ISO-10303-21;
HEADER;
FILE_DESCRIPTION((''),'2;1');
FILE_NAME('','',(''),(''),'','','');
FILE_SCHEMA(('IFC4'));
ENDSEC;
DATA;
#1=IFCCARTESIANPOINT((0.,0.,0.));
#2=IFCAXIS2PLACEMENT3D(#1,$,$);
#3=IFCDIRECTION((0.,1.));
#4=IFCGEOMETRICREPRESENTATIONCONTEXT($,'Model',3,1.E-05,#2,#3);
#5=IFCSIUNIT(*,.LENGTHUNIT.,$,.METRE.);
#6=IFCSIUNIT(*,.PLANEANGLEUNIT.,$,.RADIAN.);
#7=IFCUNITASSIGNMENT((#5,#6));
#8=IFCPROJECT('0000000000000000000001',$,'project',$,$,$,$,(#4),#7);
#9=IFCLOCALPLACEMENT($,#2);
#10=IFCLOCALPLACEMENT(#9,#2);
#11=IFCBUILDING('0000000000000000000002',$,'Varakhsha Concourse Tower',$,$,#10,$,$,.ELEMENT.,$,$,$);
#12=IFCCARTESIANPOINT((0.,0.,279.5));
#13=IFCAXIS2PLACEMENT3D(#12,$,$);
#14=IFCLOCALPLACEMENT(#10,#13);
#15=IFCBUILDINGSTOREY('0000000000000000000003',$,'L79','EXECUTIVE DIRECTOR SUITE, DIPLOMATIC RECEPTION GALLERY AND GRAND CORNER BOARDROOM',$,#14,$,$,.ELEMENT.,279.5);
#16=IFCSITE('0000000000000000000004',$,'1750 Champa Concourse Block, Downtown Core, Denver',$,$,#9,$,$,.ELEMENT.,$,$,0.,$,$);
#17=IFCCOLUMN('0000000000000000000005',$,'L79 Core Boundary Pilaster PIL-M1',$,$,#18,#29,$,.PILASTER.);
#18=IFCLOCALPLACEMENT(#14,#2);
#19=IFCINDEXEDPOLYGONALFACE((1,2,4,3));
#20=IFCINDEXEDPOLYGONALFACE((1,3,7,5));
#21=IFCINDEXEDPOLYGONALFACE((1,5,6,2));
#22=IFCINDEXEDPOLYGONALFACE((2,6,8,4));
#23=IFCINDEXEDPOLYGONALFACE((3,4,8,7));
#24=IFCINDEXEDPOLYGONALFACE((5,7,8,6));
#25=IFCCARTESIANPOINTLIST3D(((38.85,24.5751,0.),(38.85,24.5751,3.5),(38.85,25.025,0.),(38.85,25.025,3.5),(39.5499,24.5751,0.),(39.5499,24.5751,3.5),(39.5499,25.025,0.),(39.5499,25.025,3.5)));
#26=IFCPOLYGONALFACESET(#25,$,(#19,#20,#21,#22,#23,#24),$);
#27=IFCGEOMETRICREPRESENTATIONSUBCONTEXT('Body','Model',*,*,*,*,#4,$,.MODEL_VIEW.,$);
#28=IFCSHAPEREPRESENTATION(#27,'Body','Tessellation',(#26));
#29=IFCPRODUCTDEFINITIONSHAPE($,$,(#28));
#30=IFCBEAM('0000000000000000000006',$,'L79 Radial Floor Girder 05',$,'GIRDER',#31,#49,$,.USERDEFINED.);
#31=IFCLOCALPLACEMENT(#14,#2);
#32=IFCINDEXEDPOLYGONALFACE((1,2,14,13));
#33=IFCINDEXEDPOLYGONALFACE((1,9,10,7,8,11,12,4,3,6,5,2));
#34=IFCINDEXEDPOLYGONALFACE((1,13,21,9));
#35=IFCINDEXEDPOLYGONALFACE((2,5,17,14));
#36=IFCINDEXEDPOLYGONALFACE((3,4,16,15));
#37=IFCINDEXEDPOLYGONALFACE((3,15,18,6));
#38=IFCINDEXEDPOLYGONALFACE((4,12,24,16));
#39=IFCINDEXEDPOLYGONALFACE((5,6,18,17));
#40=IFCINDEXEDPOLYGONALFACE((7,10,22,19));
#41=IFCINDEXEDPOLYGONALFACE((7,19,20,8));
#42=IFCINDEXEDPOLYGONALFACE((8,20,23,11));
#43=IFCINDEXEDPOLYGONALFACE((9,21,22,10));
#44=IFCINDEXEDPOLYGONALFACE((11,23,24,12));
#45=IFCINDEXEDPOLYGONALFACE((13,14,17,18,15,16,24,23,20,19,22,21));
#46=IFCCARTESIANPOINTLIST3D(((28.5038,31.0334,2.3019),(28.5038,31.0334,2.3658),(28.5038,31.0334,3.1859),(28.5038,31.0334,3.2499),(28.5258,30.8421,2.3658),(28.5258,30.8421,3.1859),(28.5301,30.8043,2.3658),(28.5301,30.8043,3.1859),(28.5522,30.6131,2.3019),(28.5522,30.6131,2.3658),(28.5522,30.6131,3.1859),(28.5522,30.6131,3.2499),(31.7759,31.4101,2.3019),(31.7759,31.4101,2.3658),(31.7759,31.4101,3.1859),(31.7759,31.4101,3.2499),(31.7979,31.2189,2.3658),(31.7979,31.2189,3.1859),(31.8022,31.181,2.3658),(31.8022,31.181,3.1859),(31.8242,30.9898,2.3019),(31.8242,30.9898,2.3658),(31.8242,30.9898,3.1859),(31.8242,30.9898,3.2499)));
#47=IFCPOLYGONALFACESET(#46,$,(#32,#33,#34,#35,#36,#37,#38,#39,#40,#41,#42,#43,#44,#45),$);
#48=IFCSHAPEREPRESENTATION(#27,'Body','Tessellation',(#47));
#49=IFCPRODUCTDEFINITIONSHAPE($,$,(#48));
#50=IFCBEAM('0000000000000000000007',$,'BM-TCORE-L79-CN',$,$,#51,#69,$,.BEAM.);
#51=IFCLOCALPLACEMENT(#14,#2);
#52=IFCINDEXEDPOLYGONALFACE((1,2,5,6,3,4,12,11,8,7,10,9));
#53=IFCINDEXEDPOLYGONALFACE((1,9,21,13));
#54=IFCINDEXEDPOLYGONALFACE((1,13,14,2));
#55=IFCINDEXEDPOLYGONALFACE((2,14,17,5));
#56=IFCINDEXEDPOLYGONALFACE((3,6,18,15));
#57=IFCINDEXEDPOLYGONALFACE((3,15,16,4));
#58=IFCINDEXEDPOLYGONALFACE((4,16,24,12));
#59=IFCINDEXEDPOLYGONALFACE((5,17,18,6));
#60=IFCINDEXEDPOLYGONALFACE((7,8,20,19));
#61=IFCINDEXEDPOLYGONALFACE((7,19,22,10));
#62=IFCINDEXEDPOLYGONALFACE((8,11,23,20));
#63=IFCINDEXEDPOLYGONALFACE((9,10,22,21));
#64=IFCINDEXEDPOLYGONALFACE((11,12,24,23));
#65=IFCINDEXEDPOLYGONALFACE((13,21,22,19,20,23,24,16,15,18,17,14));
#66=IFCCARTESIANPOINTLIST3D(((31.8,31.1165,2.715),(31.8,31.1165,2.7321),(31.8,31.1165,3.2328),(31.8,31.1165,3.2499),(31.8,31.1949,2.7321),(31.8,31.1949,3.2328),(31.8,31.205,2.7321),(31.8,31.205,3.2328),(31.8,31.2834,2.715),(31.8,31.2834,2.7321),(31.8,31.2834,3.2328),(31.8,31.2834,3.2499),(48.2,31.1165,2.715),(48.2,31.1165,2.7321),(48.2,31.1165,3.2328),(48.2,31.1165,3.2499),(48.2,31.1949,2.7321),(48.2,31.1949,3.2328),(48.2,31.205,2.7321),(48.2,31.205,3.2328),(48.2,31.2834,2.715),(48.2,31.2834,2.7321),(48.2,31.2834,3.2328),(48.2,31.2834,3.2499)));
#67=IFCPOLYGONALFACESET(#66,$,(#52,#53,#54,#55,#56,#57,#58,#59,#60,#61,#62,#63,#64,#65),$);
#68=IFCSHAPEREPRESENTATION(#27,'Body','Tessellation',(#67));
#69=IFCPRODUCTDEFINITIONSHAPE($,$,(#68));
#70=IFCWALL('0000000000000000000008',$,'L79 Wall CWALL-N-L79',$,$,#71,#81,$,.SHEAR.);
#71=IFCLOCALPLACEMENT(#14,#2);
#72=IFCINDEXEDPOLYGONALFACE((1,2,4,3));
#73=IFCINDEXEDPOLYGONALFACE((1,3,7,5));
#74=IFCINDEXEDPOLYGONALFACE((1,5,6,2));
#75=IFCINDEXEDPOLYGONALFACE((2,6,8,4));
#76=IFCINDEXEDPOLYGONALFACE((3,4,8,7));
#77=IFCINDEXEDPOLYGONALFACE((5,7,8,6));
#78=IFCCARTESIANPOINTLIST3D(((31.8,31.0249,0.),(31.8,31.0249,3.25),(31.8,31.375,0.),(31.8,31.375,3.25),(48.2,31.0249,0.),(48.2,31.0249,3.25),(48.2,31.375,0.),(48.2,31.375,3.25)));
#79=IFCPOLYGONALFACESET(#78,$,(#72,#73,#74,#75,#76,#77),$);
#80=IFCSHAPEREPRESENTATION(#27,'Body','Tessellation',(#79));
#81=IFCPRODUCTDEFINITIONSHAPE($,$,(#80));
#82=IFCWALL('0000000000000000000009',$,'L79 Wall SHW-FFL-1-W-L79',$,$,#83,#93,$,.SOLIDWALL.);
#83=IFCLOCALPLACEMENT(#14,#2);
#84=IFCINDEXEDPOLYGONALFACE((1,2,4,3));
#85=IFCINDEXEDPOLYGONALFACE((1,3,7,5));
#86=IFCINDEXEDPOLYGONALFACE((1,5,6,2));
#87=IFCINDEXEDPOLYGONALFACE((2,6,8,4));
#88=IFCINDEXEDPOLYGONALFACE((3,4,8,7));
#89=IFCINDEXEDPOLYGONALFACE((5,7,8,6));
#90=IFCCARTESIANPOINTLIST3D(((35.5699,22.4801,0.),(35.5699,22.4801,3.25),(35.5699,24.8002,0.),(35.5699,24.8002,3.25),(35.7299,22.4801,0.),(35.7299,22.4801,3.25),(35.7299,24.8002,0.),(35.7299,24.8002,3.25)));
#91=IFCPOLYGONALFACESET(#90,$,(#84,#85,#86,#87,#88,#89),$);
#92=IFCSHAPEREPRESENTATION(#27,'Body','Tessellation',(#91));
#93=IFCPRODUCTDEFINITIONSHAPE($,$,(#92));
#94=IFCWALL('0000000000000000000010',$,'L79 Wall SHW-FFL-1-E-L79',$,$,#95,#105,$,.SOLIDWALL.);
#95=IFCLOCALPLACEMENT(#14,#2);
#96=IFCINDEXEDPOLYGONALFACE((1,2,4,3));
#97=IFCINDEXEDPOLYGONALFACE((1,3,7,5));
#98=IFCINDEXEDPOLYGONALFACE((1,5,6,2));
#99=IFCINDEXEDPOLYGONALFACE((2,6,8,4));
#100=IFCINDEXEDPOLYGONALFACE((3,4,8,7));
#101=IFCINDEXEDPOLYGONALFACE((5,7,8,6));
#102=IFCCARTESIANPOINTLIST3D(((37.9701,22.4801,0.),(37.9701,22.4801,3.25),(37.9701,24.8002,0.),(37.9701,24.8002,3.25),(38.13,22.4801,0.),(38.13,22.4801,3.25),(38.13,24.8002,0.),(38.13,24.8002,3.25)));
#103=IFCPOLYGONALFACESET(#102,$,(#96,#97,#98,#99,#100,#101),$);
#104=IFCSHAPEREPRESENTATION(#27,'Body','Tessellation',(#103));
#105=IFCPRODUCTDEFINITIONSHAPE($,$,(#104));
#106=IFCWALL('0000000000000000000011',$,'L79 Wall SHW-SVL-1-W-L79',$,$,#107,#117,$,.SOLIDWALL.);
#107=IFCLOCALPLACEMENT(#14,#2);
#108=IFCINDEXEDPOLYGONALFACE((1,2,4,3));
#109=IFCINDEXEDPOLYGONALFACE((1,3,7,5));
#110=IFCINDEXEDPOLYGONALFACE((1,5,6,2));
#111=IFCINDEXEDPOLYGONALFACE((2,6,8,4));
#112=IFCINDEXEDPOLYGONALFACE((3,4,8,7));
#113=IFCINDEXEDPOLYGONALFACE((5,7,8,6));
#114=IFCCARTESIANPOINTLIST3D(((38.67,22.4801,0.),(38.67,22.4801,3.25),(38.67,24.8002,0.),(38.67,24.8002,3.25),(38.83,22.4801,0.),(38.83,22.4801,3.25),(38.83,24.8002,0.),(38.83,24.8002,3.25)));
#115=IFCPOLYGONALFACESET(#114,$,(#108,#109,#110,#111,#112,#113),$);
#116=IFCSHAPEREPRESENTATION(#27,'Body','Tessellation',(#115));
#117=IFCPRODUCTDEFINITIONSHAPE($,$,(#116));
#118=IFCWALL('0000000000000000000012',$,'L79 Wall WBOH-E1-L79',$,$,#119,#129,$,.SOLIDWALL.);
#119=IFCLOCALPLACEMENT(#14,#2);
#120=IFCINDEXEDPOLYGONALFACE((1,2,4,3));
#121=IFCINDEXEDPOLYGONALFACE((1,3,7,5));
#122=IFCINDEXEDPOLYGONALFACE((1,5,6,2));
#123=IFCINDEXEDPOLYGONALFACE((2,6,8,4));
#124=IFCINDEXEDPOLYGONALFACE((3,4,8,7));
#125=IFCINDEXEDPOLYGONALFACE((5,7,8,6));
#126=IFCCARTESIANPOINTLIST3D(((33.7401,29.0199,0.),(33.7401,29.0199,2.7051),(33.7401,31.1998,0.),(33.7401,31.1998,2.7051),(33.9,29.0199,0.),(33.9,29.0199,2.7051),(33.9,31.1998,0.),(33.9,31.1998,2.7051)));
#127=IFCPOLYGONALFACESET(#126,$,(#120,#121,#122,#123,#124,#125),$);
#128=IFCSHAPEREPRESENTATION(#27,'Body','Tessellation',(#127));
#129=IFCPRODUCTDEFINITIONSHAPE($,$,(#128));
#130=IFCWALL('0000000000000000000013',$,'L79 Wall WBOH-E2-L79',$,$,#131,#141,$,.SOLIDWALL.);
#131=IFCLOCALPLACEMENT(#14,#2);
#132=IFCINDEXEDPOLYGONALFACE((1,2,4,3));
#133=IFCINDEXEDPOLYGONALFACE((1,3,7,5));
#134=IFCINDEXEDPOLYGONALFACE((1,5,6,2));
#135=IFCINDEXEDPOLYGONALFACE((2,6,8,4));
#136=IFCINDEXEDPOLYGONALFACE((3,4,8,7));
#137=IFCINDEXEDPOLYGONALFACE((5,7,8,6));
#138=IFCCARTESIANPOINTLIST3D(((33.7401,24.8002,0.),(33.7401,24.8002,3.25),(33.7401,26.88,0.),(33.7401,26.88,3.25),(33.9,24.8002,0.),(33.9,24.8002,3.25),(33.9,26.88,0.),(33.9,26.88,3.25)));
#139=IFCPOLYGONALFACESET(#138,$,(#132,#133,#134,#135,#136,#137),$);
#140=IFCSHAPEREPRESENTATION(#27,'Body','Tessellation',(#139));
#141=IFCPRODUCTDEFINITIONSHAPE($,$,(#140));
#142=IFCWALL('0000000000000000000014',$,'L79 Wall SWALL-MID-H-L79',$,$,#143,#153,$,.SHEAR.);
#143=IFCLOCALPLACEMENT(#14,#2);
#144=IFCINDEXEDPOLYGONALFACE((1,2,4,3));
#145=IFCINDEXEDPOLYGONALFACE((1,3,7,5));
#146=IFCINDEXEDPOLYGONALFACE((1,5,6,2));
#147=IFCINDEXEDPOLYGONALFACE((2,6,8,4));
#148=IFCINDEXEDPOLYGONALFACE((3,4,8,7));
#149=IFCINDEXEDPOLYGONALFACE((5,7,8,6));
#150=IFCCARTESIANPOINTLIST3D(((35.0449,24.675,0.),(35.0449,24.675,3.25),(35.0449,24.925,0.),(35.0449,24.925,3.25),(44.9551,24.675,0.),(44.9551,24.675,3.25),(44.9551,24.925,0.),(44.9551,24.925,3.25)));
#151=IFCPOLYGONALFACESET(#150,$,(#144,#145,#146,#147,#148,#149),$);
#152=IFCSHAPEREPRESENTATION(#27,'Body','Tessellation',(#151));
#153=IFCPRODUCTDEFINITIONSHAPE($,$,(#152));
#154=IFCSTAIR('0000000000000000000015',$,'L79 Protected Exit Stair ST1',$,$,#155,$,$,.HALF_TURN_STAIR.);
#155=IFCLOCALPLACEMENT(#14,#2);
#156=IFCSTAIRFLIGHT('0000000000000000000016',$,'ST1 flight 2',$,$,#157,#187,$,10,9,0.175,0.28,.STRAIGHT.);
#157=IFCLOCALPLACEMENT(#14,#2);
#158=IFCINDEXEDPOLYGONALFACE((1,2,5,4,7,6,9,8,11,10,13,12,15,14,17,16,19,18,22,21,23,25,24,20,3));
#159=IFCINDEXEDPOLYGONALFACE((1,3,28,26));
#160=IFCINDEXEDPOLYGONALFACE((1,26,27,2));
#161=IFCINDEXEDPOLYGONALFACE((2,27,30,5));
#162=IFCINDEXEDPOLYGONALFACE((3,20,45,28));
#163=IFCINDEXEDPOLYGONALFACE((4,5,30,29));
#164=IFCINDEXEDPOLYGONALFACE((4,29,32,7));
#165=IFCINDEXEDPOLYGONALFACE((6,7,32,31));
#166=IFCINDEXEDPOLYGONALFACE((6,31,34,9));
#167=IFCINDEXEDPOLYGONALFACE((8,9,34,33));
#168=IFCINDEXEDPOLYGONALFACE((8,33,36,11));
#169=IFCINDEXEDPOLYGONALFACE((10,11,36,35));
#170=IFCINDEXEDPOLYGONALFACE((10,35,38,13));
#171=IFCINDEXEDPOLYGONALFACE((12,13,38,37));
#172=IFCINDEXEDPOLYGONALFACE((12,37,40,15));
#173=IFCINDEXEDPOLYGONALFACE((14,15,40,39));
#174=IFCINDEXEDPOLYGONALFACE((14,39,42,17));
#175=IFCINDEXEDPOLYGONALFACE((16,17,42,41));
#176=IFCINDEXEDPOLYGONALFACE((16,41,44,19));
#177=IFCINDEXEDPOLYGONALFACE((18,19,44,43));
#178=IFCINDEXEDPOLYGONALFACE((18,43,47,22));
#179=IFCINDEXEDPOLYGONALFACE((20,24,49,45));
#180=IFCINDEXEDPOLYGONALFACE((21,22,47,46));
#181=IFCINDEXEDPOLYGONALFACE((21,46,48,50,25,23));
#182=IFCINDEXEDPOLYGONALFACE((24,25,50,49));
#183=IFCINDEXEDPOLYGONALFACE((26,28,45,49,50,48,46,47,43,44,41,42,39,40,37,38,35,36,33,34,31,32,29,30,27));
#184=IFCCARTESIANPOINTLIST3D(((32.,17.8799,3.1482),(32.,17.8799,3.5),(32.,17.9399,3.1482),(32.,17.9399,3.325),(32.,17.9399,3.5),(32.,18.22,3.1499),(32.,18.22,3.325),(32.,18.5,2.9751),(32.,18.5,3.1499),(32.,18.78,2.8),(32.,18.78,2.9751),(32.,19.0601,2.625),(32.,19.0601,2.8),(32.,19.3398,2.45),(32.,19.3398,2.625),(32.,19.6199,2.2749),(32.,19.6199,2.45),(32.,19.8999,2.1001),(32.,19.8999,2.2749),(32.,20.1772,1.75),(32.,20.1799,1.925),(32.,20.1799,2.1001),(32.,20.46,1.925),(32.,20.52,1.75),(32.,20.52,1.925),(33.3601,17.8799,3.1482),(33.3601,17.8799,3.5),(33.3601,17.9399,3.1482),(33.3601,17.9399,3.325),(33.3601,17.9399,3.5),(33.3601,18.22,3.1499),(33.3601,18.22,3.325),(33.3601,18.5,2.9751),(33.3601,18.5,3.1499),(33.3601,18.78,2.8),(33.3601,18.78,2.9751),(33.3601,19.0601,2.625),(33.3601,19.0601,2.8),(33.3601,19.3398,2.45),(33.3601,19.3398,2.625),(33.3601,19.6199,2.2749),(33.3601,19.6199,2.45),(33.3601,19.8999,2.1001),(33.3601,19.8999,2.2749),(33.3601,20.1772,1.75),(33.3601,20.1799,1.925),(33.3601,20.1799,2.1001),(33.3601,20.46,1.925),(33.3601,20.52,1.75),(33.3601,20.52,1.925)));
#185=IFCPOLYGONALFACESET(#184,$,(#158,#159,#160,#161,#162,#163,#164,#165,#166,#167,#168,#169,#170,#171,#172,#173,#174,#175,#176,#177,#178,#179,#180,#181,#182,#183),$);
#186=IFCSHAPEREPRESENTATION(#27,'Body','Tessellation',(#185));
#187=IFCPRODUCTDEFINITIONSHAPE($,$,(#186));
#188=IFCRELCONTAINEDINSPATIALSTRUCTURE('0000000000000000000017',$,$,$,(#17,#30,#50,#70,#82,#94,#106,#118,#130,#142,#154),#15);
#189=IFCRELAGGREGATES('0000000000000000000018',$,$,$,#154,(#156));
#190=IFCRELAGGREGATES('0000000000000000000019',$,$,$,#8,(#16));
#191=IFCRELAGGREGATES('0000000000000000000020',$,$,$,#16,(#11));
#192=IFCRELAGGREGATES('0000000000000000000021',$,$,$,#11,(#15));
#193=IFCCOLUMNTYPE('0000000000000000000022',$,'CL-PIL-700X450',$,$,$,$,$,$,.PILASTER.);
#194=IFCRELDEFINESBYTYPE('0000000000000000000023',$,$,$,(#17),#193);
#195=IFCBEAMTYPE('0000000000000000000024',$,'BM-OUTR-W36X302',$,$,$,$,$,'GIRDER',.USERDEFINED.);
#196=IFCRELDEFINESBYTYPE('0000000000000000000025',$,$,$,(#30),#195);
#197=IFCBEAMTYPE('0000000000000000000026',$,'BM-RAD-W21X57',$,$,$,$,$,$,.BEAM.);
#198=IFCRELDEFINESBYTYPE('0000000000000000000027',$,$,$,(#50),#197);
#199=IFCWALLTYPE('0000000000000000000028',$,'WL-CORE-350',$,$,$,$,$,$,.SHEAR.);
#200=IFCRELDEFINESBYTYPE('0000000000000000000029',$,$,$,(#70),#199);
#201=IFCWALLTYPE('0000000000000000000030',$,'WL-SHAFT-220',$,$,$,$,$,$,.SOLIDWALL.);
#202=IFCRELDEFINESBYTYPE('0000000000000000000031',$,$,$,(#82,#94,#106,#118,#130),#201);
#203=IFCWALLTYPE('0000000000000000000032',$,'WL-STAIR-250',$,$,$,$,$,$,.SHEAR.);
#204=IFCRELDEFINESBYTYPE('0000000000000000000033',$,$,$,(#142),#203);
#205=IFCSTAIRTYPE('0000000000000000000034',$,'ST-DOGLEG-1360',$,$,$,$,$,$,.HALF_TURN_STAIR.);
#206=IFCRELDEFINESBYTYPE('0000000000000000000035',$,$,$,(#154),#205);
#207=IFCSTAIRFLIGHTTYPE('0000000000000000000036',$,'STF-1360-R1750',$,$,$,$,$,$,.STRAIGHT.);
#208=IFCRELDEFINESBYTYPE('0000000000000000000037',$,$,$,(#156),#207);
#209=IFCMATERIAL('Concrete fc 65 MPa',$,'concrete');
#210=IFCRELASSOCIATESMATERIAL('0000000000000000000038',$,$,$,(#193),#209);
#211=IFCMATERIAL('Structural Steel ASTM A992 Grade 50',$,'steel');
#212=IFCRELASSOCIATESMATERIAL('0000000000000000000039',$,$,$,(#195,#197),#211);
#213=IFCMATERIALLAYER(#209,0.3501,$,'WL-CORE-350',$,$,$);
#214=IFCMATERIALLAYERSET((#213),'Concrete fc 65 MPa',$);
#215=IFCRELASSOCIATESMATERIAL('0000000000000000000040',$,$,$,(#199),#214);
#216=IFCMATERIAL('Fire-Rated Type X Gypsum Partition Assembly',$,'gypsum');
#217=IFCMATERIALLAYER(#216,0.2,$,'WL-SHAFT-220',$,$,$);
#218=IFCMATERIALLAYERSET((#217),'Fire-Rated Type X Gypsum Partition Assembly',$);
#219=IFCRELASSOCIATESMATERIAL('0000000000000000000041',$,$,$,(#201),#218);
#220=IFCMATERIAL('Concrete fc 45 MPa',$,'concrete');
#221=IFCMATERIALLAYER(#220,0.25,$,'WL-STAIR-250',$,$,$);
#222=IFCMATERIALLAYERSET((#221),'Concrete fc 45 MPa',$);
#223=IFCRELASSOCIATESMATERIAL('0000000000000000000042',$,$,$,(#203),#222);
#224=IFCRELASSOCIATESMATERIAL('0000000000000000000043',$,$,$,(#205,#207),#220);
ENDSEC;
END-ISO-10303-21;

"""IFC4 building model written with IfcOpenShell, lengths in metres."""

from ifc_helpers import new_model, si_unit, direction, frame, frame_2d, origin, origin_2d, place, context, subcontext, project, spatial, polyline, rectangle, i_section, outline, extrude, material, layer, layer_set, material_profile, profile_set, type_object, element, aggregate, save


model = new_model("IFC4")

# Units and contexts
model_context = context("Model", 3, precision=1e-05, world=origin(), true_north=direction((0.0, 1.0)))
body_context = subcontext(model_context, "Body", "Model", "MODEL_VIEW")
ifc_project = project(units=[si_unit("LENGTHUNIT", "METRE"), si_unit("PLANEANGLEUNIT", "RADIAN")], contexts=[model_context])

# Site, building, storey
site_placement = place(None, origin())
site = spatial("IfcSite", under=ifc_project, at=site_placement, Name="1750 Champa Concourse Block, Downtown Core, Denver", CompositionType="ELEMENT", RefElevation=0.0)
building_placement = place(site_placement, origin())
building = spatial("IfcBuilding", under=site, at=building_placement, Name="Varakhsha Concourse Tower", CompositionType="ELEMENT")
storey_placement = place(building_placement, frame((0.0, 0.0, 279.5)))
storey = spatial("IfcBuildingStorey", under=building, at=storey_placement, Name="L79", Description="EXECUTIVE DIRECTOR SUITE, DIPLOMATIC RECEPTION GALLERY AND GRAND CORNER BOARDROOM", CompositionType="ELEMENT", Elevation=279.5)

# Column
ifc_material_1 = material(Name="Concrete fc 65 MPa", Category="concrete")
ifc_material_profile_1 = material_profile(ifc_material_1, rectangle(XDim=0.7, YDim=0.45, at=origin_2d()), Name="RC 700x450")
ifc_profile_set_1 = profile_set([ifc_material_profile_1], Name="Concrete fc 65 MPa")
column_type = type_object("IfcColumnType", Name="CL-PIL-700X450", PredefinedType="PILASTER", material=ifc_profile_set_1)
column_placement = place(storey_placement, frame((39.2, 24.8, 0.0), z_axis=(0.0, 0.0, 1.0), x_axis=(1.0, 0.0, 0.0)))
element("IfcColumn", 1, at=column_placement, inside=storey, type_object=column_type, Name="L79 Core Boundary Pilaster PIL-M1", PredefinedType="PILASTER", context=body_context, shape_type="SweptSolid", body=[
    extrude(rectangle(XDim=0.7, YDim=0.45, at=origin_2d()), origin(), (0.0, 0.0, 1.0), 3.5),
])

# Beams
ifc_material_2 = material(Name="Structural Steel ASTM A992 Grade 50", Category="steel")
ifc_material_profile_2 = material_profile(ifc_material_2, i_section(OverallWidth=0.4231, OverallDepth=0.948, WebThickness=0.0381, FlangeThickness=0.064, at=origin_2d()), Name="W36X302")
ifc_profile_set_2 = profile_set([ifc_material_profile_2], Name="Structural Steel ASTM A992 Grade 50")
beam_type_1 = type_object("IfcBeamType", Name="BM-OUTR-W36X302", ElementType="GIRDER", PredefinedType="USERDEFINED", material=ifc_profile_set_2)
beam_1_placement = place(storey_placement, frame((31.8, 31.2, 2.7759), z_axis=(-0.993437, -0.114377, 0.0), x_axis=(0.114377, -0.993437, 0.0)))
element("IfcBeam", 2, at=beam_1_placement, inside=storey, type_object=beam_type_1, Name="L79 Radial Floor Girder 05", ObjectType="GIRDER", PredefinedType="USERDEFINED", context=body_context, shape_type="SweptSolid", body=[
    extrude(i_section(OverallWidth=0.4231, OverallDepth=0.948, WebThickness=0.0381, FlangeThickness=0.064, at=origin_2d()), origin(), (0.0, 0.0, 1.0), 3.2937),
])
ifc_material_profile_3 = material_profile(ifc_material_2, i_section(OverallWidth=0.167, OverallDepth=0.5349, WebThickness=0.01, FlangeThickness=0.0171, at=origin_2d()), Name="W21X57")
ifc_profile_set_3 = profile_set([ifc_material_profile_3], Name="Structural Steel ASTM A992 Grade 50")
beam_type_2 = type_object("IfcBeamType", Name="BM-RAD-W21X57", PredefinedType="BEAM", material=ifc_profile_set_3)
beam_2_placement = place(storey_placement, frame((31.8, 31.2, 2.9824), z_axis=(1.0, 0.0, 0.0), x_axis=(0.0, 1.0, 0.0)))
element("IfcBeam", 3, at=beam_2_placement, inside=storey, type_object=beam_type_2, Name="BM-TCORE-L79-CN", PredefinedType="BEAM", context=body_context, shape_type="SweptSolid", body=[
    extrude(i_section(OverallWidth=0.167, OverallDepth=0.5349, WebThickness=0.01, FlangeThickness=0.0171, at=origin_2d()), origin(), (0.0, 0.0, 1.0), 16.3999),
])

# Wall
ifc_layer_1 = layer(ifc_material_1, 0.3501, Name="WL-CORE-350")
ifc_layer_set_1 = layer_set([ifc_layer_1], Name="Concrete fc 65 MPa")
wall_type_1 = type_object("IfcWallType", Name="WL-CORE-350", PredefinedType="SHEAR", material=ifc_layer_set_1)
wall_1_placement = place(storey_placement, frame((31.8, 31.2, 0.0), z_axis=(0.0, 0.0, 1.0), x_axis=(1.0, 0.0, 0.0)))
element("IfcWall", 4, at=wall_1_placement, inside=storey, type_object=wall_type_1, Name="L79 Wall CWALL-N-L79", PredefinedType="SHEAR", context=body_context, shape_type="SweptSolid", body=[
    extrude(rectangle(XDim=16.3999, YDim=0.3501, at=frame_2d((8.2, 0.0))), origin(), (0.0, 0.0, 1.0), 3.25),
])

# Shared definitions
ifc_material_3 = material(Name="Fire-Rated Type X Gypsum Partition Assembly", Category="gypsum")
ifc_layer_2 = layer(ifc_material_3, 0.2, Name="WL-SHAFT-220")
ifc_layer_set_2 = layer_set([ifc_layer_2], Name="Fire-Rated Type X Gypsum Partition Assembly")
wall_type_2 = type_object("IfcWallType", Name="WL-SHAFT-220", PredefinedType="SOLIDWALL", material=ifc_layer_set_2)

# Walls
for number, where, z_axis, x_axis, name in (
    (5, (35.6499, 22.48, 0.0), (0.0, 0.0, 1.0), (0.0, 1.0, 0.0), "L79 Wall SHW-FFL-1-W-L79"),
    (6, (38.05, 22.48, 0.0), (0.0, 0.0, 1.0), (0.0, 1.0, 0.0), "L79 Wall SHW-FFL-1-E-L79"),
    (7, (38.75, 22.48, 0.0), (0.0, 0.0, 1.0), (0.0, 1.0, 0.0), "L79 Wall SHW-SVL-1-W-L79"),
):
    element("IfcWall", number, at=place(storey_placement, frame(where, z_axis=z_axis, x_axis=x_axis)), inside=storey, type_object=wall_type_2, Name=name, PredefinedType="SOLIDWALL", context=body_context, shape_type="SweptSolid", body=[
        extrude(rectangle(XDim=2.3201, YDim=0.1599, at=frame_2d((1.1602, 0.0))), origin(), (0.0, 0.0, 1.0), 3.25),
    ])

# Walls
wall_2_placement = place(storey_placement, frame((33.8201, 29.02, 0.0), z_axis=(0.0, 0.0, 1.0), x_axis=(0.0, 1.0, 0.0)))
element("IfcWall", 8, at=wall_2_placement, inside=storey, type_object=wall_type_2, Name="L79 Wall WBOH-E1-L79", PredefinedType="SOLIDWALL", context=body_context, shape_type="SweptSolid", body=[
    extrude(rectangle(XDim=2.1799, YDim=0.1599, at=frame_2d((1.0898, 0.0))), origin(), (0.0, 0.0, 1.0), 2.7051),
])
wall_3_placement = place(storey_placement, frame((33.8201, 24.8, 0.0), z_axis=(0.0, 0.0, 1.0), x_axis=(0.0, 1.0, 0.0)))
element("IfcWall", 9, at=wall_3_placement, inside=storey, type_object=wall_type_2, Name="L79 Wall WBOH-E2-L79", PredefinedType="SOLIDWALL", context=body_context, shape_type="SweptSolid", body=[
    extrude(rectangle(XDim=2.0798, YDim=0.1599, at=frame_2d((1.04, 0.0))), origin(), (0.0, 0.0, 1.0), 3.25),
])
ifc_material_4 = material(Name="Concrete fc 45 MPa", Category="concrete")
ifc_layer_3 = layer(ifc_material_4, 0.25, Name="WL-STAIR-250")
ifc_layer_set_3 = layer_set([ifc_layer_3], Name="Concrete fc 45 MPa")
wall_type_3 = type_object("IfcWallType", Name="WL-STAIR-250", PredefinedType="SHEAR", material=ifc_layer_set_3)
wall_4_placement = place(storey_placement, frame((35.0449, 24.8, 0.0), z_axis=(0.0, 0.0, 1.0), x_axis=(1.0, 0.0, 0.0)))
element("IfcWall", 10, at=wall_4_placement, inside=storey, type_object=wall_type_3, Name="L79 Wall SWALL-MID-H-L79", PredefinedType="SHEAR", context=body_context, shape_type="SweptSolid", body=[
    extrude(rectangle(XDim=9.9102, YDim=0.25, at=frame_2d((4.9551, 0.0))), origin(), (0.0, 0.0, 1.0), 3.25),
])

# Stair, stair flight
stair_type = type_object("IfcStairType", Name="ST-DOGLEG-1360", PredefinedType="HALF_TURN_STAIR", material=ifc_material_4)
stair_placement = place(storey_placement, origin())
stair = element("IfcStair", 11, at=stair_placement, inside=storey, type_object=stair_type, Name="L79 Protected Exit Stair ST1", PredefinedType="HALF_TURN_STAIR")
stair_flight_type = type_object("IfcStairFlightType", Name="STF-1360-R1750", PredefinedType="STRAIGHT", material=ifc_material_4)
stair_flight_placement = place(storey_placement, frame((32.6799, 20.46, 1.75), z_axis=(0.0, 0.0, 1.0), x_axis=(0.0, -1.0, 0.0)))
stair_flight = element("IfcStairFlight", 12, at=stair_flight_placement, type_object=stair_flight_type, Name="ST1 flight 2", NumberOfRisers=10, NumberOfTreads=9, PredefinedType="STRAIGHT", RiserHeight=0.175, TreadLength=0.28, context=body_context, shape_type="SweptSolid", body=[
    extrude(outline(polyline([(-0.0601, 0.0), (-0.0601, 0.175), (0.0, 0.175), (0.28, 0.175), (0.28, 0.3501), (0.5601, 0.3501), (0.5601, 0.5249), (0.8401, 0.5249), (0.8401, 0.7), (1.1201, 0.7), (1.1201, 0.875), (1.3999, 0.875), (1.3999, 1.05), (1.6799, 1.05), (1.6799, 1.2251), (1.96, 1.2251), (1.96, 1.3999), (2.24, 1.3999), (2.24, 1.575), (2.52, 1.575), (2.52, 1.75), (2.5801, 1.75), (2.5801, 1.3982), (2.52, 1.3982), (0.2827, 0.0), (-0.0601, 0.0)])), frame((0.0, 0.6802, 0.0), z_axis=(0.0, -1.0, 0.0), x_axis=(1.0, 0.0, 0.0)), (0.0, 0.0, 1.0), 1.3601),
])
aggregate(stair, [stair_flight])

save(model, "model.ifc")
